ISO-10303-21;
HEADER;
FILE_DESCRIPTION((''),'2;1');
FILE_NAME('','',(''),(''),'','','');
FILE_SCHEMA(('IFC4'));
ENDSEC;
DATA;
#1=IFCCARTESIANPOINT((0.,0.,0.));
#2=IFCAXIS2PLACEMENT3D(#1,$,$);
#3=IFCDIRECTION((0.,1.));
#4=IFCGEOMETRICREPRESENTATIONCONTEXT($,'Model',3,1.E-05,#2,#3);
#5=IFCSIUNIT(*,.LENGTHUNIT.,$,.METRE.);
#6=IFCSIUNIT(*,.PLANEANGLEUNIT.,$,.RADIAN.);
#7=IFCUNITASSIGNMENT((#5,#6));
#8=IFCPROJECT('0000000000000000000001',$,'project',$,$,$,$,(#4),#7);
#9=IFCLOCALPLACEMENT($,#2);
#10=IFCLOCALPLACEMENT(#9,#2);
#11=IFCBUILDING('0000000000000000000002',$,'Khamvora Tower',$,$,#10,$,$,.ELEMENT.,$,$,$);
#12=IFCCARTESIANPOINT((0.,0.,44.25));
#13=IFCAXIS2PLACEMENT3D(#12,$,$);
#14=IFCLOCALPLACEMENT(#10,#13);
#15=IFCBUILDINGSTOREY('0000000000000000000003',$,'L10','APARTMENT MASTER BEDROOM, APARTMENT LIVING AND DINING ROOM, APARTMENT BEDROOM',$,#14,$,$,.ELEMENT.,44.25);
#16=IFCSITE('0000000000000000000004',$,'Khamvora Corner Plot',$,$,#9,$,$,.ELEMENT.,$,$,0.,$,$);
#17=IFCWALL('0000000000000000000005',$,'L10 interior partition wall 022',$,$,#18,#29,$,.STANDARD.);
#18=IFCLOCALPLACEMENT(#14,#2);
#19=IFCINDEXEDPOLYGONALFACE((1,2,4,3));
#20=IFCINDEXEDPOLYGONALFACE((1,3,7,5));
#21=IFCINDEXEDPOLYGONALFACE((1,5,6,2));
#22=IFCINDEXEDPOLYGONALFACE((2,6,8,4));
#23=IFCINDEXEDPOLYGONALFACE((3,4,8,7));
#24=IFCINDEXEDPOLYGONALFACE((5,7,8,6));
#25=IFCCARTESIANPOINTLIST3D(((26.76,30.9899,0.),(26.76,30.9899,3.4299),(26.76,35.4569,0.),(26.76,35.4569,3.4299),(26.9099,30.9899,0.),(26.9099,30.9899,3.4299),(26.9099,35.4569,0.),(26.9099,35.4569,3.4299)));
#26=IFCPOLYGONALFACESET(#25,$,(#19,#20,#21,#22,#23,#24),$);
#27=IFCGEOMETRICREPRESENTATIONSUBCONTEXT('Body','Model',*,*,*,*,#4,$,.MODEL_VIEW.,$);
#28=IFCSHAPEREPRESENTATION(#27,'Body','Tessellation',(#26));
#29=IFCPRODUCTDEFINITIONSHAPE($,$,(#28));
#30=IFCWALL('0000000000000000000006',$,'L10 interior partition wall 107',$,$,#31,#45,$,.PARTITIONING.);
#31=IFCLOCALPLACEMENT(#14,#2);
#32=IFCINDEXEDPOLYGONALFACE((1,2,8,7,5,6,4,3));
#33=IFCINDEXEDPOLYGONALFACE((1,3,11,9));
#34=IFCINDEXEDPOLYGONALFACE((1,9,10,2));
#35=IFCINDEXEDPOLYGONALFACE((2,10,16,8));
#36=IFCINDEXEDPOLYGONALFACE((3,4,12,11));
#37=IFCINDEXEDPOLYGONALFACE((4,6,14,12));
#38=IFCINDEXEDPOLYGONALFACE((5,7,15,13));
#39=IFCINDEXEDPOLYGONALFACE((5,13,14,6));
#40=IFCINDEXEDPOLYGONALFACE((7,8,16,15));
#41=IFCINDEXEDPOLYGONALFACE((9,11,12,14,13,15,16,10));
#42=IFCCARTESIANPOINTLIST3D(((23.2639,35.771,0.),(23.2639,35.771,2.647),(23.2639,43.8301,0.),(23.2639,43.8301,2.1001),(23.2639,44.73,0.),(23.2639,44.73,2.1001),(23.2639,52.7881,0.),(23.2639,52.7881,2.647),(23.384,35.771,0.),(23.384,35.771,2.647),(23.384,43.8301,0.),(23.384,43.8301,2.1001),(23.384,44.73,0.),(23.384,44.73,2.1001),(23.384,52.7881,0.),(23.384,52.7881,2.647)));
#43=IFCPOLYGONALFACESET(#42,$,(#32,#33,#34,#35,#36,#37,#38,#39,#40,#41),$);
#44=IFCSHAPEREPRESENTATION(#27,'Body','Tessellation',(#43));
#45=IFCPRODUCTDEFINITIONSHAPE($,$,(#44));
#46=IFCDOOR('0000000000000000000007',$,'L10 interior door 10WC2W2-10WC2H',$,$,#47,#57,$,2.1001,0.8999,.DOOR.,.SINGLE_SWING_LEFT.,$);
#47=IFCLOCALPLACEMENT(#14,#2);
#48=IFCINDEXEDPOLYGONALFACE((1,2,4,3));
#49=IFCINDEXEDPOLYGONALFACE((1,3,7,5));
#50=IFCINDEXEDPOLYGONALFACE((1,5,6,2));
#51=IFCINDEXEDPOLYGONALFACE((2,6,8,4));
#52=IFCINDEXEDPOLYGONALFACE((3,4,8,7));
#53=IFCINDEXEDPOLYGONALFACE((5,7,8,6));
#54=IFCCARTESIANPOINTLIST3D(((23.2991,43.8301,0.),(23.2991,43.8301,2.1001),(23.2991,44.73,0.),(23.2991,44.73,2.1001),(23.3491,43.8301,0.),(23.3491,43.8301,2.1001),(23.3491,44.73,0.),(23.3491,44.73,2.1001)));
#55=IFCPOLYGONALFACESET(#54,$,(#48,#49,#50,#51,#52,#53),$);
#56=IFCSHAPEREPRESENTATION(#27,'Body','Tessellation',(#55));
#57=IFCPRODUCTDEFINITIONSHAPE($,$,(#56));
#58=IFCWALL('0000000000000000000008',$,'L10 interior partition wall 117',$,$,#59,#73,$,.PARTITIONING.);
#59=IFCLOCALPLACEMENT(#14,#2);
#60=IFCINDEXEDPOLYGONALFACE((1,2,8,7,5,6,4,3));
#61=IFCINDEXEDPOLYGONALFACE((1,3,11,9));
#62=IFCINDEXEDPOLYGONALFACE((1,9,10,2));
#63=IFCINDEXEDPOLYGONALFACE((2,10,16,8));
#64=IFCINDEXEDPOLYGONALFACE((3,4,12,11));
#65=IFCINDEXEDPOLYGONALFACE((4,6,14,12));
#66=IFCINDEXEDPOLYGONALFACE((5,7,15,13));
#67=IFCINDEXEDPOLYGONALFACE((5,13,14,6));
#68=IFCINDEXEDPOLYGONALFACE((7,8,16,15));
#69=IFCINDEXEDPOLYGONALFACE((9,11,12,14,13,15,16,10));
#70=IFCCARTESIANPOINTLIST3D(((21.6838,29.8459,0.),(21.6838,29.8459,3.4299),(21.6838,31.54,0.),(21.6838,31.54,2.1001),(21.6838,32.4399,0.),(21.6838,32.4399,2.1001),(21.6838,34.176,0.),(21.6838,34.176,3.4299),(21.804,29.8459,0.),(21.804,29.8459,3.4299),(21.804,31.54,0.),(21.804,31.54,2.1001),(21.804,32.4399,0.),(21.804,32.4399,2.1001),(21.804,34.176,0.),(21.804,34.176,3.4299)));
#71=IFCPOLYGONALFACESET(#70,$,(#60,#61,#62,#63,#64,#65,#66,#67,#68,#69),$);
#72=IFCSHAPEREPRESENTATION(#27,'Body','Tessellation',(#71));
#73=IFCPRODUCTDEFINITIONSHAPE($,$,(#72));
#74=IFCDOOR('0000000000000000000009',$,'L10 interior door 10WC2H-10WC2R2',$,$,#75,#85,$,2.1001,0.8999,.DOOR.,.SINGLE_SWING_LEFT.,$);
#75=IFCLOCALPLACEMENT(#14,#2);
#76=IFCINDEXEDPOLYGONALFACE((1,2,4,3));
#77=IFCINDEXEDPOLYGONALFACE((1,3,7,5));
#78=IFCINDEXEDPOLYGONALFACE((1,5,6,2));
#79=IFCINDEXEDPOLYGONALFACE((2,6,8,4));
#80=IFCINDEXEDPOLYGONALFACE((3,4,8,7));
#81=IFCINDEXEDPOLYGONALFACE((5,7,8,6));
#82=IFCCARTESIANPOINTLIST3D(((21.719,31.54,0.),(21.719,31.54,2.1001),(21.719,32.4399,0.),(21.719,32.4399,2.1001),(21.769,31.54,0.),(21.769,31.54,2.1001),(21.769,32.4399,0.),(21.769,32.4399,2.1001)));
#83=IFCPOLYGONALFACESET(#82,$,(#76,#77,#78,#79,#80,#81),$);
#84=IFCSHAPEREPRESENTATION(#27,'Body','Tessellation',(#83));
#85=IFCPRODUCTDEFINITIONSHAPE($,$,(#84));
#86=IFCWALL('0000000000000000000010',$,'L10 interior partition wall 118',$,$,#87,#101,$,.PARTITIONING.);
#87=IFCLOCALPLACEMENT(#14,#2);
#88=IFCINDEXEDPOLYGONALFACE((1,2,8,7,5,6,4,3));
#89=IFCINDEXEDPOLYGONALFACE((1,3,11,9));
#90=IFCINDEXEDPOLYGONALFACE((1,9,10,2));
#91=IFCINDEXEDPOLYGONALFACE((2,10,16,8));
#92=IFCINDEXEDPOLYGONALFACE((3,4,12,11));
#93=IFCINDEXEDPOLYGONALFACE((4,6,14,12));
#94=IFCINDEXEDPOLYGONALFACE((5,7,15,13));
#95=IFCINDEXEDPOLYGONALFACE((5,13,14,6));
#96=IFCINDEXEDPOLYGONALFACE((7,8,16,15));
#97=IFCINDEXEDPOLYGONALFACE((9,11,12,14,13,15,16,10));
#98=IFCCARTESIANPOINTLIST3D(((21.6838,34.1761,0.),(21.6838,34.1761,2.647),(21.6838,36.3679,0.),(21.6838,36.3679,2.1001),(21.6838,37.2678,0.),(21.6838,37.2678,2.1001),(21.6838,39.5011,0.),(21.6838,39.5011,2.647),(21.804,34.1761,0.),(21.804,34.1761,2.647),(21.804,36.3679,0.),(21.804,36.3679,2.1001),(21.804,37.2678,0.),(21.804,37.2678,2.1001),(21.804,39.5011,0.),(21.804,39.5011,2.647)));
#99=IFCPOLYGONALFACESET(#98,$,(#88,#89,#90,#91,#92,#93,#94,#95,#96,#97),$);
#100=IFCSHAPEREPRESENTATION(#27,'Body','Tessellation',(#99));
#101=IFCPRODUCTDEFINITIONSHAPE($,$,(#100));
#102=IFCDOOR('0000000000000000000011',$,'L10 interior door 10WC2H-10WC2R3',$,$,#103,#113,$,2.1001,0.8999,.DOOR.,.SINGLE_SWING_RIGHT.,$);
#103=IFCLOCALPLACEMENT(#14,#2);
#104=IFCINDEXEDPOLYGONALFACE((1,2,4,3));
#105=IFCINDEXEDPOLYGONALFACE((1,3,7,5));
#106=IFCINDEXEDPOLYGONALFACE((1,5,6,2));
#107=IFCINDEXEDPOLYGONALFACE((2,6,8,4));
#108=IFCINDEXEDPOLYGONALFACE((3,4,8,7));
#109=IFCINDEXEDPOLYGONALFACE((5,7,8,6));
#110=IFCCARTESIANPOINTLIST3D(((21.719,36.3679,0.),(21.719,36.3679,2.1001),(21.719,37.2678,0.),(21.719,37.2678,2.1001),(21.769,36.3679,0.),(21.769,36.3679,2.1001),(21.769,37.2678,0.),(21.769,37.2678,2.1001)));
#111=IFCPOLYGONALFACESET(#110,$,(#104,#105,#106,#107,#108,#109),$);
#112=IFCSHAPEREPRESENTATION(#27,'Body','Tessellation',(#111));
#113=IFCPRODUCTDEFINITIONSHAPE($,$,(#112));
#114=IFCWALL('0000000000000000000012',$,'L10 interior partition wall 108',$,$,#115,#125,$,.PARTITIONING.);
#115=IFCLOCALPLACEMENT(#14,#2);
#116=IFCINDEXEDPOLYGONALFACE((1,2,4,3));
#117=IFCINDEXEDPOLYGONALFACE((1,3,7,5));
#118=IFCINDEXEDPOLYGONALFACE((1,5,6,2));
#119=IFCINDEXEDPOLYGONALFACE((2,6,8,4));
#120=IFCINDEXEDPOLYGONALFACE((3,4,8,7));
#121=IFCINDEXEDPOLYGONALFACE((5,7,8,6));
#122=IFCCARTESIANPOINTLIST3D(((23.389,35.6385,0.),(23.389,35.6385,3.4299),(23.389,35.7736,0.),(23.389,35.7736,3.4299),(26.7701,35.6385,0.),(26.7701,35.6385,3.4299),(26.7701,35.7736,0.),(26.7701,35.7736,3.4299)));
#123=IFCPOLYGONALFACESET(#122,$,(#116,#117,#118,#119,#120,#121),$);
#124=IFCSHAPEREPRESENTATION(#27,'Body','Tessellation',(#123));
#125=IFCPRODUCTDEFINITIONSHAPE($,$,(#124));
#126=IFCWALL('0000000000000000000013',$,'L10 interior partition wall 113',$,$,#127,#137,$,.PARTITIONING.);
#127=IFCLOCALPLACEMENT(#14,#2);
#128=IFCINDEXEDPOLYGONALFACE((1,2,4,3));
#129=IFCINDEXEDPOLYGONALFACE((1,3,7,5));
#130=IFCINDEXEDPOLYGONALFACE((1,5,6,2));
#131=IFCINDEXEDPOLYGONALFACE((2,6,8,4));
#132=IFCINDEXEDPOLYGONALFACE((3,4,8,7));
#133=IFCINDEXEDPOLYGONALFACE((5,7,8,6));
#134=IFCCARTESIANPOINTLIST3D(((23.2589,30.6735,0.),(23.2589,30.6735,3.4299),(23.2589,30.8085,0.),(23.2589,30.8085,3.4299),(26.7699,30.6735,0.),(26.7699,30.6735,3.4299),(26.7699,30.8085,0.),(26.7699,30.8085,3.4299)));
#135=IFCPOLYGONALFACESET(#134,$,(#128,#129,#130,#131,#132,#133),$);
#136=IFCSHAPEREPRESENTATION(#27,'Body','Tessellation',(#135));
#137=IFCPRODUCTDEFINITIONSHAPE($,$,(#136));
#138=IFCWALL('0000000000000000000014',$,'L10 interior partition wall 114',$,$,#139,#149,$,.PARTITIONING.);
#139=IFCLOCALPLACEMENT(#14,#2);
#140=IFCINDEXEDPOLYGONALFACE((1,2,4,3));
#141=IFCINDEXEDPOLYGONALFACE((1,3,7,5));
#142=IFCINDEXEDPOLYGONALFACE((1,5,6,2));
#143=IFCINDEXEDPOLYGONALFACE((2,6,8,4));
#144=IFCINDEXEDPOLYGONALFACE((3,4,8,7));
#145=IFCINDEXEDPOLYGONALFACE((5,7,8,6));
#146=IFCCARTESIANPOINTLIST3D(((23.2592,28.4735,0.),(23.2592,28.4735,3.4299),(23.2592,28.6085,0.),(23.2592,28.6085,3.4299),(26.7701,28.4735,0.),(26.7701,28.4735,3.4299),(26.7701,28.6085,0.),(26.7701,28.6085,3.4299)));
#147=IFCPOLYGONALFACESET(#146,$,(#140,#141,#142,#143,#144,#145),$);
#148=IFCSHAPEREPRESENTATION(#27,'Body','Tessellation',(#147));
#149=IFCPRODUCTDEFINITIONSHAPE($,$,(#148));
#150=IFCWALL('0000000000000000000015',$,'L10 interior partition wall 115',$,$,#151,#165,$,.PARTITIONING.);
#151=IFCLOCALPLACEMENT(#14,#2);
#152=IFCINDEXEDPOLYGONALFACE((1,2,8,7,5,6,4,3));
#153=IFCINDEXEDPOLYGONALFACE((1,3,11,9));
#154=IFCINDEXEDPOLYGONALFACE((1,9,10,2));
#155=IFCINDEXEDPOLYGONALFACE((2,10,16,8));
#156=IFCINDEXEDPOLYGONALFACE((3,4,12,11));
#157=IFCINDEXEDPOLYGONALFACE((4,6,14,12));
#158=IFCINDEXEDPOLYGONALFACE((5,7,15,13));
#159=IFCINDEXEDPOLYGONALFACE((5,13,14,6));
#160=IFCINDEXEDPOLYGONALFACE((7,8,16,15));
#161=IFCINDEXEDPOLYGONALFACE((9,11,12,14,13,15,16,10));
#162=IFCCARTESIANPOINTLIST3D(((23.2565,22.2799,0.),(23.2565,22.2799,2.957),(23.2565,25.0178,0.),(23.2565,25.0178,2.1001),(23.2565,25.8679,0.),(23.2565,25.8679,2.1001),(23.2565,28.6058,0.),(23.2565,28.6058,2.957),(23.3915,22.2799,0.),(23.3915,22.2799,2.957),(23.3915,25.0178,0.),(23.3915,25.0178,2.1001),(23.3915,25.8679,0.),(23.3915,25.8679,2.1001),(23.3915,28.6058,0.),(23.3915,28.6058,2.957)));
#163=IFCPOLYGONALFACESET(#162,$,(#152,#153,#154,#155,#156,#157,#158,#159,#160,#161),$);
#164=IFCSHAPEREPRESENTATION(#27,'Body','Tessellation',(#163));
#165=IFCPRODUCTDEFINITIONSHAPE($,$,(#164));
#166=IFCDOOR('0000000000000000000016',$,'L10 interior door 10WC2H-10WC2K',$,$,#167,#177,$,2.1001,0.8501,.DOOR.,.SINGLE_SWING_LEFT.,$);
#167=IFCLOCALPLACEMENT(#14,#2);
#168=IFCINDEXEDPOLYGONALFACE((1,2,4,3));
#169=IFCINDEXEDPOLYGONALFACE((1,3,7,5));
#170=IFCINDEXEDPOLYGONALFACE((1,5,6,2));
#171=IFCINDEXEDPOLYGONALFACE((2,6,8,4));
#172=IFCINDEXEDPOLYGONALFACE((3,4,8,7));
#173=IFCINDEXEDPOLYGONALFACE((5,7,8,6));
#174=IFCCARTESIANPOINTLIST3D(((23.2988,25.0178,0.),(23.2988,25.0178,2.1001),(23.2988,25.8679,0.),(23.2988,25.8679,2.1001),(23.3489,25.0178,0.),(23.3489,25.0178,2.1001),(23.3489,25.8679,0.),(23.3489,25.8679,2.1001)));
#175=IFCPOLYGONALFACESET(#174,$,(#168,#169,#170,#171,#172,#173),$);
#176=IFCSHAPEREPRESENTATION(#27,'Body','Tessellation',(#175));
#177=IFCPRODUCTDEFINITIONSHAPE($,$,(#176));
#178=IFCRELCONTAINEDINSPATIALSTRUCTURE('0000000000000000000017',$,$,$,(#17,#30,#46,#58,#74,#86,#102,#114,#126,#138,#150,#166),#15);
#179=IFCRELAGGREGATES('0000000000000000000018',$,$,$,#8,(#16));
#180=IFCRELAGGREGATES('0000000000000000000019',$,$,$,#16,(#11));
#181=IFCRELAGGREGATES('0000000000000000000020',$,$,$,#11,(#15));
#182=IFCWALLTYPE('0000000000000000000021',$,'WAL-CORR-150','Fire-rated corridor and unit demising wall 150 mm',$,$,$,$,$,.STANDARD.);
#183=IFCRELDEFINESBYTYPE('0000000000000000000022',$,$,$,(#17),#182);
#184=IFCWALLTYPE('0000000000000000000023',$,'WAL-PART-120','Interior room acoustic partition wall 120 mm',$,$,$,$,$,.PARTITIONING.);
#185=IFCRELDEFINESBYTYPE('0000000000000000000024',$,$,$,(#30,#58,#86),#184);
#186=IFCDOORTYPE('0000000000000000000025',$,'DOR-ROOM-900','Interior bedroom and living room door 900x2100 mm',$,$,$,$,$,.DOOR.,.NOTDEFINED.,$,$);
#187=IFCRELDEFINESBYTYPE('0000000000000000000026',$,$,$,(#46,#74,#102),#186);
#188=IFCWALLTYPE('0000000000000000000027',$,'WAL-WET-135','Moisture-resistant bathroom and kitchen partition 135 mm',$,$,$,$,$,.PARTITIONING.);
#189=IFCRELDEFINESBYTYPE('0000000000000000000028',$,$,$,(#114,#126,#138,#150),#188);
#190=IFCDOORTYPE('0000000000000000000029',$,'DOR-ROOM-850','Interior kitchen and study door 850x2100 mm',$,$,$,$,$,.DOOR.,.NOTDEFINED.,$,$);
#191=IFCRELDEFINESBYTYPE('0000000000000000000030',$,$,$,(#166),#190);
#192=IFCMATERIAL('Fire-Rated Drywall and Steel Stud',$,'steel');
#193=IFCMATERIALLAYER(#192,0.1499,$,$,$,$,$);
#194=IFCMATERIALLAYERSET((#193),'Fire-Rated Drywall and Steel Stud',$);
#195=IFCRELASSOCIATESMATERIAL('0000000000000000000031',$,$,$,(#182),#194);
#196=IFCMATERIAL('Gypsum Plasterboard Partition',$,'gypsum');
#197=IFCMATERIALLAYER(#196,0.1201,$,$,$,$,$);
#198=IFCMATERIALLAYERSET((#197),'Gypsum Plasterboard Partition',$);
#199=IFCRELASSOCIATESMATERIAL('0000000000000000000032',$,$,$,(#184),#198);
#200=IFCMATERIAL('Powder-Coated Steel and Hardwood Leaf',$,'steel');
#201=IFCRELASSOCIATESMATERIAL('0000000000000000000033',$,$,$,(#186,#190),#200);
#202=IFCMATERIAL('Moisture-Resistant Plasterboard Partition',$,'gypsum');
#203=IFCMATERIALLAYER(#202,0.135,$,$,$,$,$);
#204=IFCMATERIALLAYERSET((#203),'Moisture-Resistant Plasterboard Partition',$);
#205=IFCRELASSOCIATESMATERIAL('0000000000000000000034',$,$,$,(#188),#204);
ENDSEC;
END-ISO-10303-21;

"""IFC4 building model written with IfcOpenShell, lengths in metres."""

from ifc_helpers import new_model, si_unit, direction, frame, frame_2d, origin, place, context, subcontext, project, spatial, rectangle, extrude, material, layer, layer_set, type_object, element, fill, save


model = new_model("IFC4")

# Units and contexts
model_context = context("Model", 3, precision=1e-05, world=origin(), true_north=direction((0.0, 1.0)))
body_context = subcontext(model_context, "Body", "Model", "MODEL_VIEW")
ifc_project = project(units=[si_unit("LENGTHUNIT", "METRE"), si_unit("PLANEANGLEUNIT", "RADIAN")], contexts=[model_context])

# Site, building, storey
site_placement = place(None, origin())
site = spatial("IfcSite", under=ifc_project, at=site_placement, Name="Khamvora Corner Plot", CompositionType="ELEMENT", RefElevation=0.0)
building_placement = place(site_placement, origin())
building = spatial("IfcBuilding", under=site, at=building_placement, Name="Khamvora Tower", CompositionType="ELEMENT")
storey_placement = place(building_placement, frame((0.0, 0.0, 44.25)))
storey = spatial("IfcBuildingStorey", under=building, at=storey_placement, Name="L10", Description="APARTMENT MASTER BEDROOM, APARTMENT LIVING AND DINING ROOM, APARTMENT BEDROOM", CompositionType="ELEMENT", Elevation=44.25)

# Shared definitions
ifc_material_1 = material(Name="Fire-Rated Drywall and Steel Stud", Category="steel")
ifc_layer_1 = layer(ifc_material_1, 0.1499)
ifc_layer_set_1 = layer_set([ifc_layer_1], Name="Fire-Rated Drywall and Steel Stud")
wall_type_1 = type_object("IfcWallType", Name="WAL-CORR-150", Description="Fire-rated corridor and unit demising wall 150 mm", PredefinedType="STANDARD", material=ifc_layer_set_1)

# Shared definitions
ifc_material_2 = material(Name="Powder-Coated Steel and Hardwood Leaf", Category="steel")

# Wall
wall_1_placement = place(storey_placement, frame((26.835, 30.99, 0.0), z_axis=(0.0, 0.0, 1.0), x_axis=(0.0, 1.0, 0.0)))
element("IfcWall", 1, at=wall_1_placement, inside=storey, type_object=wall_type_1, Name="L10 interior partition wall 022", PredefinedType="STANDARD", context=body_context, shape_type="SweptSolid", body=[
    extrude(rectangle(XDim=4.467, YDim=0.1499, at=frame_2d((2.2334, 0.0))), origin(), (0.0, 0.0, 1.0), 3.4299),
])

# Walls, openings, doors
ifc_material_3 = material(Name="Gypsum Plasterboard Partition", Category="gypsum")
ifc_layer_2 = layer(ifc_material_3, 0.1201)
ifc_layer_set_2 = layer_set([ifc_layer_2], Name="Gypsum Plasterboard Partition")
wall_type_2 = type_object("IfcWallType", Name="WAL-PART-120", Description="Interior room acoustic partition wall 120 mm", PredefinedType="PARTITIONING", material=ifc_layer_set_2)
wall_2_placement = place(storey_placement, frame((23.324, 35.771, 0.0), z_axis=(0.0, 0.0, 1.0), x_axis=(0.0, 1.0, 0.0)))
wall_2 = element("IfcWall", 2, at=wall_2_placement, inside=storey, type_object=wall_type_2, Name="L10 interior partition wall 107", PredefinedType="PARTITIONING", context=body_context, shape_type="SweptSolid", body=[
    extrude(rectangle(XDim=17.0171, YDim=0.1201, at=frame_2d((8.5085, 0.0))), origin(), (0.0, 0.0, 1.0), 2.647),
])
opening_1_placement = place(wall_2_placement, frame((8.0591, 0.0, 0.0)))
opening_1 = element("IfcOpeningElement", 3, at=opening_1_placement, cuts=wall_2, PredefinedType="OPENING", context=body_context, shape_type="SweptSolid", body=[
    extrude(rectangle(XDim=0.8999, YDim=2.1001, at=frame_2d((0.45, 1.05))), frame((0.0, 0.0701, 0.0), z_axis=(0.0, -1.0, 0.0), x_axis=(1.0, 0.0, 0.0)), (0.0, 0.0, 1.0), 0.1401),
])
door_type_1 = type_object("IfcDoorType", Name="DOR-ROOM-900", Description="Interior bedroom and living room door 900x2100 mm", OperationType="NOTDEFINED", PredefinedType="DOOR", material=ifc_material_2)
door_1_placement = place(opening_1_placement, origin())
door_1 = element("IfcDoor", 4, at=door_1_placement, inside=storey, type_object=door_type_1, Name="L10 interior door 10WC2W2-10WC2H", OperationType="SINGLE_SWING_LEFT", OverallHeight=2.1001, OverallWidth=0.8999, PredefinedType="DOOR", context=body_context, shape_type="SweptSolid", body=[
    extrude(rectangle(XDim=0.8999, YDim=2.1001, at=frame_2d((0.45, 1.05))), frame((0.0, 0.0249, 0.0), z_axis=(0.0, -1.0, 0.0), x_axis=(1.0, 0.0, 0.0)), (0.0, 0.0, 1.0), 0.05),
])
fill(opening_1, door_1)
wall_3_placement = place(storey_placement, frame((21.7439, 29.8459, 0.0), z_axis=(0.0, 0.0, 1.0), x_axis=(0.0, 1.0, 0.0)))
wall_3 = element("IfcWall", 5, at=wall_3_placement, inside=storey, type_object=wall_type_2, Name="L10 interior partition wall 117", PredefinedType="PARTITIONING", context=body_context, shape_type="SweptSolid", body=[
    extrude(rectangle(XDim=4.3301, YDim=0.1201, at=frame_2d((2.165, 0.0))), origin(), (0.0, 0.0, 1.0), 3.4299),
])
opening_2_placement = place(wall_3_placement, frame((1.6941, 0.0, 0.0)))
opening_2 = element("IfcOpeningElement", 6, at=opening_2_placement, cuts=wall_3, PredefinedType="OPENING", context=body_context, shape_type="SweptSolid", body=[
    extrude(rectangle(XDim=0.8999, YDim=2.1001, at=frame_2d((0.45, 1.05))), frame((0.0, 0.0701, 0.0), z_axis=(0.0, -1.0, 0.0), x_axis=(1.0, 0.0, 0.0)), (0.0, 0.0, 1.0), 0.1401),
])
door_2_placement = place(opening_2_placement, origin())
door_2 = element("IfcDoor", 7, at=door_2_placement, inside=storey, type_object=door_type_1, Name="L10 interior door 10WC2H-10WC2R2", OperationType="SINGLE_SWING_LEFT", OverallHeight=2.1001, OverallWidth=0.8999, PredefinedType="DOOR", context=body_context, shape_type="SweptSolid", body=[
    extrude(rectangle(XDim=0.8999, YDim=2.1001, at=frame_2d((0.45, 1.05))), frame((0.0, 0.0249, 0.0), z_axis=(0.0, -1.0, 0.0), x_axis=(1.0, 0.0, 0.0)), (0.0, 0.0, 1.0), 0.05),
])
fill(opening_2, door_2)
wall_4_placement = place(storey_placement, frame((21.7439, 34.176, 0.0), z_axis=(0.0, 0.0, 1.0), x_axis=(0.0, 1.0, 0.0)))
wall_4 = element("IfcWall", 8, at=wall_4_placement, inside=storey, type_object=wall_type_2, Name="L10 interior partition wall 118", PredefinedType="PARTITIONING", context=body_context, shape_type="SweptSolid", body=[
    extrude(rectangle(XDim=5.325, YDim=0.1201, at=frame_2d((2.6626, 0.0))), origin(), (0.0, 0.0, 1.0), 2.647),
])
opening_3_placement = place(wall_4_placement, frame((2.1919, 0.0, 0.0)))
opening_3 = element("IfcOpeningElement", 9, at=opening_3_placement, cuts=wall_4, PredefinedType="OPENING", context=body_context, shape_type="SweptSolid", body=[
    extrude(rectangle(XDim=0.8999, YDim=2.1001, at=frame_2d((0.45, 1.05))), frame((0.0, 0.0701, 0.0), z_axis=(0.0, -1.0, 0.0), x_axis=(1.0, 0.0, 0.0)), (0.0, 0.0, 1.0), 0.1401),
])
door_3_placement = place(opening_3_placement, origin())
door_3 = element("IfcDoor", 10, at=door_3_placement, inside=storey, type_object=door_type_1, Name="L10 interior door 10WC2H-10WC2R3", OperationType="SINGLE_SWING_RIGHT", OverallHeight=2.1001, OverallWidth=0.8999, PredefinedType="DOOR", context=body_context, shape_type="SweptSolid", body=[
    extrude(rectangle(XDim=0.8999, YDim=2.1001, at=frame_2d((0.45, 1.05))), frame((0.0, 0.0249, 0.0), z_axis=(0.0, -1.0, 0.0), x_axis=(1.0, 0.0, 0.0)), (0.0, 0.0, 1.0), 0.05),
])
fill(opening_3, door_3)

# Walls
ifc_material_4 = material(Name="Moisture-Resistant Plasterboard Partition", Category="gypsum")
ifc_layer_3 = layer(ifc_material_4, 0.135)
ifc_layer_set_3 = layer_set([ifc_layer_3], Name="Moisture-Resistant Plasterboard Partition")
wall_type_3 = type_object("IfcWallType", Name="WAL-WET-135", Description="Moisture-resistant bathroom and kitchen partition 135 mm", PredefinedType="PARTITIONING", material=ifc_layer_set_3)
wall_5_placement = place(storey_placement, frame((26.77, 35.7061, 0.0), z_axis=(0.0, 0.0, 1.0), x_axis=(-1.0, 0.0, 0.0)))
element("IfcWall", 11, at=wall_5_placement, inside=storey, type_object=wall_type_3, Name="L10 interior partition wall 108", PredefinedType="PARTITIONING", context=body_context, shape_type="SweptSolid", body=[
    extrude(rectangle(XDim=3.3811, YDim=0.135, at=frame_2d((1.6904, 0.0))), origin(), (0.0, 0.0, 1.0), 3.4299),
])
for number, where, z_axis, x_axis, name in (
    (12, (23.259, 30.741, 0.0), (0.0, 0.0, 1.0), (1.0, 0.0, 0.0), "L10 interior partition wall 113"),
    (13, (26.77, 28.541, 0.0), (0.0, 0.0, 1.0), (-1.0, 0.0, 0.0), "L10 interior partition wall 114"),
):
    element("IfcWall", number, at=place(storey_placement, frame(where, z_axis=z_axis, x_axis=x_axis)), inside=storey, type_object=wall_type_3, Name=name, PredefinedType="PARTITIONING", context=body_context, shape_type="SweptSolid", body=[
        extrude(rectangle(XDim=3.511, YDim=0.135, at=frame_2d((1.7554, 0.0))), origin(), (0.0, 0.0, 1.0), 3.4299),
    ])

# Wall, opening, door
wall_6_placement = place(storey_placement, frame((23.324, 28.606, 0.0), z_axis=(0.0, 0.0, 1.0), x_axis=(0.0, -1.0, 0.0)))
wall_6 = element("IfcWall", 14, at=wall_6_placement, inside=storey, type_object=wall_type_3, Name="L10 interior partition wall 115", PredefinedType="PARTITIONING", context=body_context, shape_type="SweptSolid", body=[
    extrude(rectangle(XDim=6.3259, YDim=0.135, at=frame_2d((3.1631, 0.0))), origin(), (0.0, 0.0, 1.0), 2.957),
])
opening_4_placement = place(wall_6_placement, frame((2.738, 0.0, 0.0)))
opening_4 = element("IfcOpeningElement", 15, at=opening_4_placement, cuts=wall_6, PredefinedType="OPENING", context=body_context, shape_type="SweptSolid", body=[
    extrude(rectangle(XDim=0.8501, YDim=2.1001, at=frame_2d((0.425, 1.05))), frame((0.0, 0.0774, 0.0), z_axis=(0.0, -1.0, 0.0), x_axis=(1.0, 0.0, 0.0)), (0.0, 0.0, 1.0), 0.155),
])
door_type_2 = type_object("IfcDoorType", Name="DOR-ROOM-850", Description="Interior kitchen and study door 850x2100 mm", OperationType="NOTDEFINED", PredefinedType="DOOR", material=ifc_material_2)
door_4_placement = place(opening_4_placement, origin())
door_4 = element("IfcDoor", 16, at=door_4_placement, inside=storey, type_object=door_type_2, Name="L10 interior door 10WC2H-10WC2K", OperationType="SINGLE_SWING_LEFT", OverallHeight=2.1001, OverallWidth=0.8501, PredefinedType="DOOR", context=body_context, shape_type="SweptSolid", body=[
    extrude(rectangle(XDim=0.8501, YDim=2.1001, at=frame_2d((0.425, 1.05))), frame((0.0, 0.0249, 0.0), z_axis=(0.0, -1.0, 0.0), x_axis=(1.0, 0.0, 0.0)), (0.0, 0.0, 1.0), 0.05),
])
fill(opening_4, door_4)

save(model, "model.ifc")
